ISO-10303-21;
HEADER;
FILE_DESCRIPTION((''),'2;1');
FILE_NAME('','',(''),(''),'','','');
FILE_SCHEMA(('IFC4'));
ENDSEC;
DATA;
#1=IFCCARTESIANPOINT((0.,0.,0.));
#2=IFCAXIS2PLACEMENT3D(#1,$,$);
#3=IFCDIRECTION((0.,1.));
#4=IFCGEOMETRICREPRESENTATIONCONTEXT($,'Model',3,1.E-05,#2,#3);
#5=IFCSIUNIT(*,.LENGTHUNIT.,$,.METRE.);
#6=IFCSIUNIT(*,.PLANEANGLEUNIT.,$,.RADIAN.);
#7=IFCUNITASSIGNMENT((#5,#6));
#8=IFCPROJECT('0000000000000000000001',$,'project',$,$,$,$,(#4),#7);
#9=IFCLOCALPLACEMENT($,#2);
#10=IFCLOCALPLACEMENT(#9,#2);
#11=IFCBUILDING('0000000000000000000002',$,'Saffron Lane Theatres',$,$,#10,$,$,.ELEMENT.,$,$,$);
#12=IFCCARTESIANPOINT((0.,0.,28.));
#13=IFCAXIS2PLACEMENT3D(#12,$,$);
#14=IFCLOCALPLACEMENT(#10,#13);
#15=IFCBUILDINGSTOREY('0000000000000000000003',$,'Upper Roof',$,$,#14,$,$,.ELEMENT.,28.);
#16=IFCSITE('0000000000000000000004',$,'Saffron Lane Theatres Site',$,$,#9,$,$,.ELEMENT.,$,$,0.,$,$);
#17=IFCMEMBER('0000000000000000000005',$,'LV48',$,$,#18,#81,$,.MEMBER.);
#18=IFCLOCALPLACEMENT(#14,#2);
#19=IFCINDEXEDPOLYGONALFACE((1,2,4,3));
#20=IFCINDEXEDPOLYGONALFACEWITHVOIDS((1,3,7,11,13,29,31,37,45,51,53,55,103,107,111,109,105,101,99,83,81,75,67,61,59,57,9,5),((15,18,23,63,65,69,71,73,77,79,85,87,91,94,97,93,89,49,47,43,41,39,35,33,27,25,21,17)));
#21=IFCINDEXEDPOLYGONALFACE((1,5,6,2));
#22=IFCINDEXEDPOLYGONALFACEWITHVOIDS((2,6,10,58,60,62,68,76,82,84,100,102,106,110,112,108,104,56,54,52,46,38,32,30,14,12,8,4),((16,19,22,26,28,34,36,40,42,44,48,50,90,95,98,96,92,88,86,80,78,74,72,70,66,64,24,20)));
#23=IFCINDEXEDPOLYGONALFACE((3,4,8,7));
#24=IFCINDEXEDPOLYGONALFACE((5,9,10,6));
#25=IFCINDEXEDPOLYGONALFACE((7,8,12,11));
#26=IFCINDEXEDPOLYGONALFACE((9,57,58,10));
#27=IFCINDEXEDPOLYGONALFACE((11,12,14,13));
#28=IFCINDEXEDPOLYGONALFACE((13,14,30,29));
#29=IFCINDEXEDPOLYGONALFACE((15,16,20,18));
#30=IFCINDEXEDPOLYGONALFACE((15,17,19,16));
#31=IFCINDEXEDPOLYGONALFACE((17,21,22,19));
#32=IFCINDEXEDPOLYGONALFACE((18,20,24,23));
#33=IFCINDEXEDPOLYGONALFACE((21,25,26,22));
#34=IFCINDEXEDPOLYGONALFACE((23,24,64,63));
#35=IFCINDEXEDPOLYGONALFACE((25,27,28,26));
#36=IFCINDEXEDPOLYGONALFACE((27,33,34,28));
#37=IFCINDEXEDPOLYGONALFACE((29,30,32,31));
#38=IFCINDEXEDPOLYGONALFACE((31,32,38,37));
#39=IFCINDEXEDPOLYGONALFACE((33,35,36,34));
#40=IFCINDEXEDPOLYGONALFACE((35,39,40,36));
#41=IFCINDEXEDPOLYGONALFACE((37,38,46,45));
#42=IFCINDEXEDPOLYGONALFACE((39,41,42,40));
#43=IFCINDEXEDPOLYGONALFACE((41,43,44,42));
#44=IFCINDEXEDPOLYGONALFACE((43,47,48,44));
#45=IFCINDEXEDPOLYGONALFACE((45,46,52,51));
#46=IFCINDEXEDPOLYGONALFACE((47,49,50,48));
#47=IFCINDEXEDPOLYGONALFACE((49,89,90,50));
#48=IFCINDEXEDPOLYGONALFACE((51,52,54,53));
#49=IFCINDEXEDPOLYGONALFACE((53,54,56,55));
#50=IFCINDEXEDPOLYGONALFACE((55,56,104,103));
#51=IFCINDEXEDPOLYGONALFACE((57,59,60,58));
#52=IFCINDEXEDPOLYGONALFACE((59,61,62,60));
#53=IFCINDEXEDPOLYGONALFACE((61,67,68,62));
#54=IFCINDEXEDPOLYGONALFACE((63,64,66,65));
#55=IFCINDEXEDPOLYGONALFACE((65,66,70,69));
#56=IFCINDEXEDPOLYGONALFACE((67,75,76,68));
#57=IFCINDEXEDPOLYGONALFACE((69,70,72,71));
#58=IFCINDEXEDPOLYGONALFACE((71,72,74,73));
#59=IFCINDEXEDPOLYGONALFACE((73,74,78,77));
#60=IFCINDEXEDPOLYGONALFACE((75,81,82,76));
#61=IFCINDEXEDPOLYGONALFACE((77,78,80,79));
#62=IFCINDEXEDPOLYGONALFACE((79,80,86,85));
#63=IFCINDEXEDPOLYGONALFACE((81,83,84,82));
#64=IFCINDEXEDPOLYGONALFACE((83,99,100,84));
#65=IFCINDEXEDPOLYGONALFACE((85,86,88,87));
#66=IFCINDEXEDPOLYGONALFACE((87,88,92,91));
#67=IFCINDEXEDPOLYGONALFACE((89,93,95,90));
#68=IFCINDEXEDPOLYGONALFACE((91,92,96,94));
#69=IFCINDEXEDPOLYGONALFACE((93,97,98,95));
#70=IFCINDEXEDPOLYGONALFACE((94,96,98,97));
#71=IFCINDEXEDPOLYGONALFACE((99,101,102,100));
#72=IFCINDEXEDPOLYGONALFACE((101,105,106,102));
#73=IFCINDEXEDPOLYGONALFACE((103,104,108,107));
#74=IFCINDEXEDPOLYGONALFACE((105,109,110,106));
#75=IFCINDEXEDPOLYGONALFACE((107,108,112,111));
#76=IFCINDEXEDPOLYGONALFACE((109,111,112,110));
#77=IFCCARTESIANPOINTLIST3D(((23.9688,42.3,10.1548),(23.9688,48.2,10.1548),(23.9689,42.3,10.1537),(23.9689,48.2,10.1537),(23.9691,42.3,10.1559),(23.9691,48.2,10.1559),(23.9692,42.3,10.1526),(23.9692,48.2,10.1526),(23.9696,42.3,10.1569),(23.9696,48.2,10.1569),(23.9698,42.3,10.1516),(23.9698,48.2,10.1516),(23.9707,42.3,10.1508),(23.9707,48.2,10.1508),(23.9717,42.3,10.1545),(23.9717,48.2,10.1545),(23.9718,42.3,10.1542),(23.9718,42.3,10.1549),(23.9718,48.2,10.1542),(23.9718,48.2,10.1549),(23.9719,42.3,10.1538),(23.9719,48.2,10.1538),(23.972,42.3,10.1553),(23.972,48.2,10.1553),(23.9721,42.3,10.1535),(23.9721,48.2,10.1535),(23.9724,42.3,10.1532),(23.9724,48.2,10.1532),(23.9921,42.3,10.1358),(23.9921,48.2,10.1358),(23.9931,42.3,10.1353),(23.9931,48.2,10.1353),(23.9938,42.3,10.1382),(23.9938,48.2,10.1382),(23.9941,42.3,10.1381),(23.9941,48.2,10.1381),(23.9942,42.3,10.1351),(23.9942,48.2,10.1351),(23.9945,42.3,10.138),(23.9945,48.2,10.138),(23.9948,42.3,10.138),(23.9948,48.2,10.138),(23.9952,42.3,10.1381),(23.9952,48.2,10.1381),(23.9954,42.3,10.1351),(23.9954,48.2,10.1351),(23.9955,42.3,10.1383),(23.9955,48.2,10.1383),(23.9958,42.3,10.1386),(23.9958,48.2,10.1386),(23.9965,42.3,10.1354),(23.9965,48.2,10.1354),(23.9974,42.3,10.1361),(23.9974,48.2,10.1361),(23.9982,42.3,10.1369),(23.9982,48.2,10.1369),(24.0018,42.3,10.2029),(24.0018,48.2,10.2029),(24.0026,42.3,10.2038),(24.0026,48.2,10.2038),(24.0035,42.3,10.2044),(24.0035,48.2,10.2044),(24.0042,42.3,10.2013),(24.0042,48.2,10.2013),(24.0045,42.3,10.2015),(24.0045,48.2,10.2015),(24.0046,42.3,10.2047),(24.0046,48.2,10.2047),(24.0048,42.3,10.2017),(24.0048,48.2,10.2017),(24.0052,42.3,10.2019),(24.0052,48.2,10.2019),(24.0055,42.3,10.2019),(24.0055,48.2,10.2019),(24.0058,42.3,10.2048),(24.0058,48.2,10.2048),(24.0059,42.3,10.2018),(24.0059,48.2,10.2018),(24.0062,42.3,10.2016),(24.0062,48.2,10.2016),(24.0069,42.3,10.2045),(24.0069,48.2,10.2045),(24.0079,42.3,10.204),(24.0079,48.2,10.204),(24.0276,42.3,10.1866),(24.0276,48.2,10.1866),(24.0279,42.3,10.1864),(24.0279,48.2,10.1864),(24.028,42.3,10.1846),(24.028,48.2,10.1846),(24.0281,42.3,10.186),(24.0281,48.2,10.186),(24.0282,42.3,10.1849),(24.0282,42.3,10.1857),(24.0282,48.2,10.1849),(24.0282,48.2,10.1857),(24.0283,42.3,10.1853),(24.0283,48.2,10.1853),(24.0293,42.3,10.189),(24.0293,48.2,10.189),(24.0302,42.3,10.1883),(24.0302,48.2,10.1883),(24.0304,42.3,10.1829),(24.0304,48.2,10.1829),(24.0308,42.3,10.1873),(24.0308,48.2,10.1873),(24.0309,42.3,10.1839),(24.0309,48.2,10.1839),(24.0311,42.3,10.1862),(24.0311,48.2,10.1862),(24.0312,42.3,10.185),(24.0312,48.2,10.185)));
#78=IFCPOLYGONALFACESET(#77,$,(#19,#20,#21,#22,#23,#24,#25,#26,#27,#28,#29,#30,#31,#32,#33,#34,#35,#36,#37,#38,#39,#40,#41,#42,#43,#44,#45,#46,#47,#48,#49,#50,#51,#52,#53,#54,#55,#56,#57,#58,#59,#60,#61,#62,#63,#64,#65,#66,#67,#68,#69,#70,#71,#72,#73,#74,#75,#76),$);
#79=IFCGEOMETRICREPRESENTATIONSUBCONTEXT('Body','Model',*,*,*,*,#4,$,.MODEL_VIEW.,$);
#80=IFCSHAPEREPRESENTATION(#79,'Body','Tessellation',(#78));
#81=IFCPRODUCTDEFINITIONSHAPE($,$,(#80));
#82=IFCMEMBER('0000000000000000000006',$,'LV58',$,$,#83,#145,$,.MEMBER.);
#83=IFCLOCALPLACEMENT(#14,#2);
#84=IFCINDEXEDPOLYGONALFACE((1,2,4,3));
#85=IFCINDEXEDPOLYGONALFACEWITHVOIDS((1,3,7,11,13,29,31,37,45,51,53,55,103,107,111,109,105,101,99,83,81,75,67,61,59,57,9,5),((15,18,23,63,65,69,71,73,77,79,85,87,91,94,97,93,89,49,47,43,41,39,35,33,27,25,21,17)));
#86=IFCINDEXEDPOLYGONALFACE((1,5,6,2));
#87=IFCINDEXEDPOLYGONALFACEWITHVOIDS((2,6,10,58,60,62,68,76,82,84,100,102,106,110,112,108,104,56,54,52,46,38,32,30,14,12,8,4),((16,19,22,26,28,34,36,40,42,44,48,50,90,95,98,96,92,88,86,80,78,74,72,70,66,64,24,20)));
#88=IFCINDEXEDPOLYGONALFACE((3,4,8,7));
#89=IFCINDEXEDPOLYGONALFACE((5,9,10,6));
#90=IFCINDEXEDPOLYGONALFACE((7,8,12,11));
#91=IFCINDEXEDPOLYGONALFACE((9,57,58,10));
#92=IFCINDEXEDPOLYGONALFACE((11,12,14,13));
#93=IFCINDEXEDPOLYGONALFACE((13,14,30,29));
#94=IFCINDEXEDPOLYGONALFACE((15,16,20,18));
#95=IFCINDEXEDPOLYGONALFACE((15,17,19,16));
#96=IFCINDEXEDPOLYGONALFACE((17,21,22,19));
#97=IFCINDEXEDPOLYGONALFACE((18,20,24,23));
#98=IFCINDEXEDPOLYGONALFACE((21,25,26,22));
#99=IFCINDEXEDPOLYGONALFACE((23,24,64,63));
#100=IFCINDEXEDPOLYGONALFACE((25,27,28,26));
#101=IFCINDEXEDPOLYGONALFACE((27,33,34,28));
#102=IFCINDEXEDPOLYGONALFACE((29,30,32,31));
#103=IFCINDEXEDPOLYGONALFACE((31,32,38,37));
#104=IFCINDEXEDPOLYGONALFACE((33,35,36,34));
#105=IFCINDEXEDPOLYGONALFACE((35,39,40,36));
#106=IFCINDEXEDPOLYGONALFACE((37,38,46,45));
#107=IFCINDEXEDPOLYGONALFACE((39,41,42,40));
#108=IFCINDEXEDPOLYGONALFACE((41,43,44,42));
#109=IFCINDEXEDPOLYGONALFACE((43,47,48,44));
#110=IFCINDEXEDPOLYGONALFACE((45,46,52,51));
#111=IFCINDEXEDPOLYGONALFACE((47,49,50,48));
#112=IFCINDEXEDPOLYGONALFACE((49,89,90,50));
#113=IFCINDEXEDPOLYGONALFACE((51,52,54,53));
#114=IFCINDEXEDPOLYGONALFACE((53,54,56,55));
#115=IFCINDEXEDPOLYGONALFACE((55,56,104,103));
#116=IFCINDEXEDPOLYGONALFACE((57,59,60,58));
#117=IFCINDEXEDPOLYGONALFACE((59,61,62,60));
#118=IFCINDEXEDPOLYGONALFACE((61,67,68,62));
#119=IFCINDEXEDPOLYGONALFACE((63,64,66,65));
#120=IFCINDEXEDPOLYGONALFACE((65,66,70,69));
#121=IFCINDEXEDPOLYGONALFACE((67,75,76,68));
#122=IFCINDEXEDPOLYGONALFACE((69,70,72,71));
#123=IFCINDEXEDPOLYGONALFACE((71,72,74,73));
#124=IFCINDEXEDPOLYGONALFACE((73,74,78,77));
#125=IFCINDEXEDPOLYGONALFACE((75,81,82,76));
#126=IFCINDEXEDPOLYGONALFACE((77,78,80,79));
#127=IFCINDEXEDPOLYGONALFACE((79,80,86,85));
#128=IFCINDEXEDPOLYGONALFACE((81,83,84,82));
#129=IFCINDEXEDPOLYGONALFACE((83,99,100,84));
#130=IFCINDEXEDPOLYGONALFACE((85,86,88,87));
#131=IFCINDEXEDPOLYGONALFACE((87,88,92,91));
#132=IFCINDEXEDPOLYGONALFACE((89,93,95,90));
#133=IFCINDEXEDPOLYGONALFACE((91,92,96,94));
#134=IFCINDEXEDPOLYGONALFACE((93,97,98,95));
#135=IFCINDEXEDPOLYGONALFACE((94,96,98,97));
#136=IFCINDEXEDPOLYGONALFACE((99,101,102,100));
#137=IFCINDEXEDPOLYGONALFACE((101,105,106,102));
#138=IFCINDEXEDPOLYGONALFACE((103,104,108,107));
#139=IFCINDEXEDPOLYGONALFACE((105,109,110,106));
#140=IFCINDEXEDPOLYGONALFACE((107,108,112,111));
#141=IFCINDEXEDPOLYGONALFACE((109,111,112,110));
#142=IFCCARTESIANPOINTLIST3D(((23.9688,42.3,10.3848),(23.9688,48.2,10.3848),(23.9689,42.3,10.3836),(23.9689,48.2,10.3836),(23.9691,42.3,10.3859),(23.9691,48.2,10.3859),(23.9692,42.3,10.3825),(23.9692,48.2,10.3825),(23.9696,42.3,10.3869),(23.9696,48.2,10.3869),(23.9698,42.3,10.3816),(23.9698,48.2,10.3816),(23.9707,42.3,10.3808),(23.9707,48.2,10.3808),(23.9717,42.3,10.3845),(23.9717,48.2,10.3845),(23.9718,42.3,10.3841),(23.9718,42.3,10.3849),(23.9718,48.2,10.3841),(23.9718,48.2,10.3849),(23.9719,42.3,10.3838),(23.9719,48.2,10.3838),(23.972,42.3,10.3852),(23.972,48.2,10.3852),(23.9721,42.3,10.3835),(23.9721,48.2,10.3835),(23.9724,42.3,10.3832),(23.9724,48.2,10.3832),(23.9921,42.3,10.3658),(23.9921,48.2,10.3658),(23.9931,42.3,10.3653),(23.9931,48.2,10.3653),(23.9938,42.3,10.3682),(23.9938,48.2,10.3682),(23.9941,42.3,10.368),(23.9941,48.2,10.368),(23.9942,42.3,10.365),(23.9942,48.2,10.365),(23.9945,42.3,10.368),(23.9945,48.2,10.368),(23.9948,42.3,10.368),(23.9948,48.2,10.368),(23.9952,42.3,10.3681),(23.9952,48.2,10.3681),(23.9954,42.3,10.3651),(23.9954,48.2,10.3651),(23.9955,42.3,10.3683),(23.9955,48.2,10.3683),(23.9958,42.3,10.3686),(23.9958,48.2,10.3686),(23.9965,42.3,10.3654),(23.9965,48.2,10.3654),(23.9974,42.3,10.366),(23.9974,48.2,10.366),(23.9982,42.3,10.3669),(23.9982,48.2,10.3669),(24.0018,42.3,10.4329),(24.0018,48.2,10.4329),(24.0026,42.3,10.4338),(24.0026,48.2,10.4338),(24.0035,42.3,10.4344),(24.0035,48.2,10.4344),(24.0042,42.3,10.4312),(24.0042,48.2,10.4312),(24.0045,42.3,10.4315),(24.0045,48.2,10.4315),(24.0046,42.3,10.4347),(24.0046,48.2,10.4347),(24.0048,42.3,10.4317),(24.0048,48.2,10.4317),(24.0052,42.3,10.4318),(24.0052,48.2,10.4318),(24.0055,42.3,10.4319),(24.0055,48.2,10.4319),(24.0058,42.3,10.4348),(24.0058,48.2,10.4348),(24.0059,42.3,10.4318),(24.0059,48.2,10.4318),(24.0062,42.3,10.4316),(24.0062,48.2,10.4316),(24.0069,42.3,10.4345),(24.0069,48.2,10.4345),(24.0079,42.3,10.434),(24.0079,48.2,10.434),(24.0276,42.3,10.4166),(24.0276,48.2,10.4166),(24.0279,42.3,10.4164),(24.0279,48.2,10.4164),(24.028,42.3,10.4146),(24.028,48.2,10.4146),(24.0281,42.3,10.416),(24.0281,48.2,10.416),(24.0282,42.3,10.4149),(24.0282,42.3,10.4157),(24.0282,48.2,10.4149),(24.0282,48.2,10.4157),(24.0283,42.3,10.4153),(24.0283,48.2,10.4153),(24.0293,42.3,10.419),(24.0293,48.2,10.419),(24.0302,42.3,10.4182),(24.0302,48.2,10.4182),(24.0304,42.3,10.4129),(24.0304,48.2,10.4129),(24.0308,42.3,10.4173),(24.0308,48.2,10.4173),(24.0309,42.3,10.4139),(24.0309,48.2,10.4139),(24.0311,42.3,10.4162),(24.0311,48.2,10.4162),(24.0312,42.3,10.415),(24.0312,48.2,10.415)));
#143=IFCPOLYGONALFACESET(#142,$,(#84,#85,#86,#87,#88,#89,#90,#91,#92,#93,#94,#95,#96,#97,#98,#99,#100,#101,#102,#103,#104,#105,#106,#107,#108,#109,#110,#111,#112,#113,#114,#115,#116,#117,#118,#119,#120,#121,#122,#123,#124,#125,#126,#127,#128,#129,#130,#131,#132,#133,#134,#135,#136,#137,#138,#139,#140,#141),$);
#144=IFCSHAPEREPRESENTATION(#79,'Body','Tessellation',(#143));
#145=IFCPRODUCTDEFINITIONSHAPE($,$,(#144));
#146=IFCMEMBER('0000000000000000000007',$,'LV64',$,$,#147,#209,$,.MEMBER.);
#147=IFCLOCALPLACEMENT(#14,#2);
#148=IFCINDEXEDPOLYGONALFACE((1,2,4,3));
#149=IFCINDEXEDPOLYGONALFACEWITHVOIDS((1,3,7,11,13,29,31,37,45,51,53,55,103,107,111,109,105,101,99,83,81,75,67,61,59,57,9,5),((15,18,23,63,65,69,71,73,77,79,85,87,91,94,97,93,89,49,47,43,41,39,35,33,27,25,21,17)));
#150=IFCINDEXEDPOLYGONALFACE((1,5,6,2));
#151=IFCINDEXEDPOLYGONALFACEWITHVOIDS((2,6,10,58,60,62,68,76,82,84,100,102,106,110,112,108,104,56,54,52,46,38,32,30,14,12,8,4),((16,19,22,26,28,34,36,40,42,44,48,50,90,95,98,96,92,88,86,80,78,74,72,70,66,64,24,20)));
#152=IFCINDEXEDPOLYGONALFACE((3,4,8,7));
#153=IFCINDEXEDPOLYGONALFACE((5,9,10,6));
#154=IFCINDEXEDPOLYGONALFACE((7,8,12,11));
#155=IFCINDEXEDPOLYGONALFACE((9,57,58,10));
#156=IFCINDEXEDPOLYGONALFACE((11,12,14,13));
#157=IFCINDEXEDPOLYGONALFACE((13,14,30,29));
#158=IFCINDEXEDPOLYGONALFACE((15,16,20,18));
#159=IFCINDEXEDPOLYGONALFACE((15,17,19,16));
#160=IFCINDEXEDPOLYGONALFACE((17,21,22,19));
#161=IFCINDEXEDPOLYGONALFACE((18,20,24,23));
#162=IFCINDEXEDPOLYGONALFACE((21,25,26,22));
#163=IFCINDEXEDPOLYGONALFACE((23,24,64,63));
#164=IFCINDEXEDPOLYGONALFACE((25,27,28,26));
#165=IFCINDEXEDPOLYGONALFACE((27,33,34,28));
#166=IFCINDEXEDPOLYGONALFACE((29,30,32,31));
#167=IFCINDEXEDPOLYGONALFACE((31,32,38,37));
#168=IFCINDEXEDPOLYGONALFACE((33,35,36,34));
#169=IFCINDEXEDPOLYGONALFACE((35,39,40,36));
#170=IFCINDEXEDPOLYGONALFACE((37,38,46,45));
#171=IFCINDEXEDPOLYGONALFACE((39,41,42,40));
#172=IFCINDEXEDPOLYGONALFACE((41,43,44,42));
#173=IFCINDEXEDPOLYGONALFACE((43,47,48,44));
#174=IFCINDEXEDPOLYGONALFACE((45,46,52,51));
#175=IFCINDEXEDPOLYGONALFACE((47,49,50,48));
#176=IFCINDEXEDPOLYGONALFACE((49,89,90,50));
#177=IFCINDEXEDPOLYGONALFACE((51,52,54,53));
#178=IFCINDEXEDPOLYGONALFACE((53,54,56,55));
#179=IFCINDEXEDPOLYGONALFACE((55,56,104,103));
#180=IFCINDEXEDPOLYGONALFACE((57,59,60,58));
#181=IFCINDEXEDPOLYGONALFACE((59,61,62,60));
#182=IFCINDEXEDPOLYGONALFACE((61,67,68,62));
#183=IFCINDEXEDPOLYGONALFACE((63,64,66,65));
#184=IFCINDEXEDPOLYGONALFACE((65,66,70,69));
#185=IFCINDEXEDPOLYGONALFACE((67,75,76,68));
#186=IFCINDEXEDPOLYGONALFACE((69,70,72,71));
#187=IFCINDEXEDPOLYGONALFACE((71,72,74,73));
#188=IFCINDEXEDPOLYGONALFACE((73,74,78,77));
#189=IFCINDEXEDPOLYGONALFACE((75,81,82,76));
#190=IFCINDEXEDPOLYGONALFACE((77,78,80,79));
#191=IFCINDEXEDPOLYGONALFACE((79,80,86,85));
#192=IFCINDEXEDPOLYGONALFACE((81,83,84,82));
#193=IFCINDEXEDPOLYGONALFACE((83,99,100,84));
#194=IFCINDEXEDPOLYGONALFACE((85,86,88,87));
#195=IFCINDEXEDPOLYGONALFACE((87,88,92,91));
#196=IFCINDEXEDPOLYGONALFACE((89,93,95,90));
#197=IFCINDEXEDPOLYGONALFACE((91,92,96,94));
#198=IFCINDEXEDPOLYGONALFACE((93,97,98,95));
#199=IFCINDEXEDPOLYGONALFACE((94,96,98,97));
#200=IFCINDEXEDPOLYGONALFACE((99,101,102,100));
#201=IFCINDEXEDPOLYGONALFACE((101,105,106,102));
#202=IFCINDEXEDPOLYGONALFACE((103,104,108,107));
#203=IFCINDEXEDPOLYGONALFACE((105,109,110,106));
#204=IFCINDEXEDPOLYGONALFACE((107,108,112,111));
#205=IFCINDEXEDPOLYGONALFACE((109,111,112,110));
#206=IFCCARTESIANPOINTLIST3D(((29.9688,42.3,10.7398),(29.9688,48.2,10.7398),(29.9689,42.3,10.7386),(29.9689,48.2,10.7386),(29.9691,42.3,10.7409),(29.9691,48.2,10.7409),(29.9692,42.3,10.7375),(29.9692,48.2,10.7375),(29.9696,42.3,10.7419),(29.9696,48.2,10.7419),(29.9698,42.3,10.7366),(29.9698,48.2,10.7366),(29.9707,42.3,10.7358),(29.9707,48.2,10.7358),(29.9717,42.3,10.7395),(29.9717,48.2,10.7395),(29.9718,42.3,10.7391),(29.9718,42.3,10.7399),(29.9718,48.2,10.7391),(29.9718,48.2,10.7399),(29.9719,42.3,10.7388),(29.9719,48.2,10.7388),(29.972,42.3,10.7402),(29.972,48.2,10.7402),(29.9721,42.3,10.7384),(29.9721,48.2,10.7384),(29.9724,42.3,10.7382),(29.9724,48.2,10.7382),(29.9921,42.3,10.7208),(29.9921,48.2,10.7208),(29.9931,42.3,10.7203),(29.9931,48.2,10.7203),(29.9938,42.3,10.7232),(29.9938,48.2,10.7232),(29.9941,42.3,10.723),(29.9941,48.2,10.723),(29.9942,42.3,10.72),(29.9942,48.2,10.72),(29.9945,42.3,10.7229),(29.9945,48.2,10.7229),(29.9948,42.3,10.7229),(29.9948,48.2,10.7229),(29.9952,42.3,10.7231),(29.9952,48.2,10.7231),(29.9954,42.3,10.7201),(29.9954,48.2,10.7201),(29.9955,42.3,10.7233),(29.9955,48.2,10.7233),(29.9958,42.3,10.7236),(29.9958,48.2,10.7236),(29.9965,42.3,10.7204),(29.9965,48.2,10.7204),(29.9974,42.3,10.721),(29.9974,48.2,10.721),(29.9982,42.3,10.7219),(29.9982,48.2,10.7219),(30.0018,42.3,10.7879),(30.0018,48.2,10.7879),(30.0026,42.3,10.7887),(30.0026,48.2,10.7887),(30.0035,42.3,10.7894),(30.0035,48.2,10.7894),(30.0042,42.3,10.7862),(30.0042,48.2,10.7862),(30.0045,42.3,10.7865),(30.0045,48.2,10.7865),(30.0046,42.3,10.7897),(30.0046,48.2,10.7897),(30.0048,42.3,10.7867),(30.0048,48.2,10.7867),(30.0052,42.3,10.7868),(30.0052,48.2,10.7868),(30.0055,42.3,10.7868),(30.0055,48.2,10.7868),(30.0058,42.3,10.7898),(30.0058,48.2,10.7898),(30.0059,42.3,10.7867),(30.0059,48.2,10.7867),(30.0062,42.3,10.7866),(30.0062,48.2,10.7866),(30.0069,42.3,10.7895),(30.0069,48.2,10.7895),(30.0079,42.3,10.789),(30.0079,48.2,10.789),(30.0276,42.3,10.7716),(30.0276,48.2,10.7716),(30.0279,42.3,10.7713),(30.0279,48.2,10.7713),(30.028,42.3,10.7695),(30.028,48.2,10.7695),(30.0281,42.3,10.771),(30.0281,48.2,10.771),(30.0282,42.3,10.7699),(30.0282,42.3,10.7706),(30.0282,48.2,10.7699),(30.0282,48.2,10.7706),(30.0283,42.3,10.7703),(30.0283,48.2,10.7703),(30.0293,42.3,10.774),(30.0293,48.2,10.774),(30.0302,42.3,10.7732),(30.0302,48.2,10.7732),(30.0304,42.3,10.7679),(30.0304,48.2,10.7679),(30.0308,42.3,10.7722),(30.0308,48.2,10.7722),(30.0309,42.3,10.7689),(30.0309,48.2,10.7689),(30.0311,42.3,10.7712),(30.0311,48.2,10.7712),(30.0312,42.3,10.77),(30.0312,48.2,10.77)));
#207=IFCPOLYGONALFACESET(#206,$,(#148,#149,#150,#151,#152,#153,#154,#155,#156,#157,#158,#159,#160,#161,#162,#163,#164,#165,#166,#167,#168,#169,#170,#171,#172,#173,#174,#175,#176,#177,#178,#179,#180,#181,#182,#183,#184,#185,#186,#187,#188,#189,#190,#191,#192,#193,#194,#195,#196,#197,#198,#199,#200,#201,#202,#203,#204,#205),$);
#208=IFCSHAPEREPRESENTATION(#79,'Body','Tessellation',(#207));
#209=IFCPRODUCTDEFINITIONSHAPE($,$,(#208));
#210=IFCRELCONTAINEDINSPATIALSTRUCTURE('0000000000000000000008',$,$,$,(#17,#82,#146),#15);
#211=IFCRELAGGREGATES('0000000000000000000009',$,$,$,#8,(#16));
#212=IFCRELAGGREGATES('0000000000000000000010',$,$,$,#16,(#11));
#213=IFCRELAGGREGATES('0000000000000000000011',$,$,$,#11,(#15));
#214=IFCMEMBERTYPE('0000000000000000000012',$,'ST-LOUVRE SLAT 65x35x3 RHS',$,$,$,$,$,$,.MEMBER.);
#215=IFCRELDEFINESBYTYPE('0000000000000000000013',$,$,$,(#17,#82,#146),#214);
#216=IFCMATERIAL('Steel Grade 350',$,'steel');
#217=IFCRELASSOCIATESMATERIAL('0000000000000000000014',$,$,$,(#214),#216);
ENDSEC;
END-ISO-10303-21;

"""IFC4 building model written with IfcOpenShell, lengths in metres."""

from ifc_helpers import new_model, si_unit, direction, frame, origin, origin_2d, place, context, subcontext, project, spatial, hollow_rectangle, extrude, material, material_profile, profile_set, type_object, element, save


model = new_model("IFC4")

# Units and contexts
model_context = context("Model", 3, precision=1e-05, world=origin(), true_north=direction((0.0, 1.0)))
body_context = subcontext(model_context, "Body", "Model", "MODEL_VIEW")
ifc_project = project(units=[si_unit("LENGTHUNIT", "METRE"), si_unit("PLANEANGLEUNIT", "RADIAN")], contexts=[model_context])

# Site, building, storey
site_placement = place(None, origin())
site = spatial("IfcSite", under=ifc_project, at=site_placement, Name="Saffron Lane Theatres Site", CompositionType="ELEMENT", RefElevation=0.0)
building_placement = place(site_placement, origin())
building = spatial("IfcBuilding", under=site, at=building_placement, Name="Saffron Lane Theatres", CompositionType="ELEMENT")
storey_placement = place(building_placement, frame((0.0, 0.0, 28.0)))
storey = spatial("IfcBuildingStorey", under=building, at=storey_placement, Name="Upper Roof", CompositionType="ELEMENT", Elevation=28.0)

# Members
ifc_material_1 = material(Name="Steel Grade 350", Category="steel")
ifc_material_profile_1 = material_profile(ifc_material_1, hollow_rectangle(XDim=0.0349, YDim=0.0649, WallThickness=0.0029, InnerFilletRadius=0.0015, OuterFilletRadius=0.0044, at=origin_2d()))
ifc_profile_set_1 = profile_set([ifc_material_profile_1], Name="Steel Grade 350")
member_type_1 = type_object("IfcMemberType", Name="ST-LOUVRE SLAT 65x35x3 RHS", PredefinedType="MEMBER", material=ifc_profile_set_1)
for number, where, z_axis, x_axis, name in (
    (1, (24.0, 42.3, 10.1699), (0.0, 1.0, 0.0), (-0.819152, 0.0, 0.573576), "LV48"),
    (2, (24.0, 42.3, 10.3999), (0.0, 1.0, 0.0), (-0.819152, 0.0, 0.573576), "LV58"),
    (3, (30.0, 42.3, 10.7549), (0.0, 1.0, 0.0), (-0.819152, 0.0, 0.573576), "LV64"),
):
    element("IfcMember", number, at=place(storey_placement, frame(where, z_axis=z_axis, x_axis=x_axis)), inside=storey, type_object=member_type_1, Name=name, PredefinedType="MEMBER", context=body_context, shape_type="SweptSolid", body=[
        extrude(hollow_rectangle(XDim=0.0349, YDim=0.0649, WallThickness=0.0029, InnerFilletRadius=0.0015, OuterFilletRadius=0.0044, at=origin_2d()), origin(), (0.0, 0.0, 1.0), 5.8999),
    ])

save(model, "model.ifc")
